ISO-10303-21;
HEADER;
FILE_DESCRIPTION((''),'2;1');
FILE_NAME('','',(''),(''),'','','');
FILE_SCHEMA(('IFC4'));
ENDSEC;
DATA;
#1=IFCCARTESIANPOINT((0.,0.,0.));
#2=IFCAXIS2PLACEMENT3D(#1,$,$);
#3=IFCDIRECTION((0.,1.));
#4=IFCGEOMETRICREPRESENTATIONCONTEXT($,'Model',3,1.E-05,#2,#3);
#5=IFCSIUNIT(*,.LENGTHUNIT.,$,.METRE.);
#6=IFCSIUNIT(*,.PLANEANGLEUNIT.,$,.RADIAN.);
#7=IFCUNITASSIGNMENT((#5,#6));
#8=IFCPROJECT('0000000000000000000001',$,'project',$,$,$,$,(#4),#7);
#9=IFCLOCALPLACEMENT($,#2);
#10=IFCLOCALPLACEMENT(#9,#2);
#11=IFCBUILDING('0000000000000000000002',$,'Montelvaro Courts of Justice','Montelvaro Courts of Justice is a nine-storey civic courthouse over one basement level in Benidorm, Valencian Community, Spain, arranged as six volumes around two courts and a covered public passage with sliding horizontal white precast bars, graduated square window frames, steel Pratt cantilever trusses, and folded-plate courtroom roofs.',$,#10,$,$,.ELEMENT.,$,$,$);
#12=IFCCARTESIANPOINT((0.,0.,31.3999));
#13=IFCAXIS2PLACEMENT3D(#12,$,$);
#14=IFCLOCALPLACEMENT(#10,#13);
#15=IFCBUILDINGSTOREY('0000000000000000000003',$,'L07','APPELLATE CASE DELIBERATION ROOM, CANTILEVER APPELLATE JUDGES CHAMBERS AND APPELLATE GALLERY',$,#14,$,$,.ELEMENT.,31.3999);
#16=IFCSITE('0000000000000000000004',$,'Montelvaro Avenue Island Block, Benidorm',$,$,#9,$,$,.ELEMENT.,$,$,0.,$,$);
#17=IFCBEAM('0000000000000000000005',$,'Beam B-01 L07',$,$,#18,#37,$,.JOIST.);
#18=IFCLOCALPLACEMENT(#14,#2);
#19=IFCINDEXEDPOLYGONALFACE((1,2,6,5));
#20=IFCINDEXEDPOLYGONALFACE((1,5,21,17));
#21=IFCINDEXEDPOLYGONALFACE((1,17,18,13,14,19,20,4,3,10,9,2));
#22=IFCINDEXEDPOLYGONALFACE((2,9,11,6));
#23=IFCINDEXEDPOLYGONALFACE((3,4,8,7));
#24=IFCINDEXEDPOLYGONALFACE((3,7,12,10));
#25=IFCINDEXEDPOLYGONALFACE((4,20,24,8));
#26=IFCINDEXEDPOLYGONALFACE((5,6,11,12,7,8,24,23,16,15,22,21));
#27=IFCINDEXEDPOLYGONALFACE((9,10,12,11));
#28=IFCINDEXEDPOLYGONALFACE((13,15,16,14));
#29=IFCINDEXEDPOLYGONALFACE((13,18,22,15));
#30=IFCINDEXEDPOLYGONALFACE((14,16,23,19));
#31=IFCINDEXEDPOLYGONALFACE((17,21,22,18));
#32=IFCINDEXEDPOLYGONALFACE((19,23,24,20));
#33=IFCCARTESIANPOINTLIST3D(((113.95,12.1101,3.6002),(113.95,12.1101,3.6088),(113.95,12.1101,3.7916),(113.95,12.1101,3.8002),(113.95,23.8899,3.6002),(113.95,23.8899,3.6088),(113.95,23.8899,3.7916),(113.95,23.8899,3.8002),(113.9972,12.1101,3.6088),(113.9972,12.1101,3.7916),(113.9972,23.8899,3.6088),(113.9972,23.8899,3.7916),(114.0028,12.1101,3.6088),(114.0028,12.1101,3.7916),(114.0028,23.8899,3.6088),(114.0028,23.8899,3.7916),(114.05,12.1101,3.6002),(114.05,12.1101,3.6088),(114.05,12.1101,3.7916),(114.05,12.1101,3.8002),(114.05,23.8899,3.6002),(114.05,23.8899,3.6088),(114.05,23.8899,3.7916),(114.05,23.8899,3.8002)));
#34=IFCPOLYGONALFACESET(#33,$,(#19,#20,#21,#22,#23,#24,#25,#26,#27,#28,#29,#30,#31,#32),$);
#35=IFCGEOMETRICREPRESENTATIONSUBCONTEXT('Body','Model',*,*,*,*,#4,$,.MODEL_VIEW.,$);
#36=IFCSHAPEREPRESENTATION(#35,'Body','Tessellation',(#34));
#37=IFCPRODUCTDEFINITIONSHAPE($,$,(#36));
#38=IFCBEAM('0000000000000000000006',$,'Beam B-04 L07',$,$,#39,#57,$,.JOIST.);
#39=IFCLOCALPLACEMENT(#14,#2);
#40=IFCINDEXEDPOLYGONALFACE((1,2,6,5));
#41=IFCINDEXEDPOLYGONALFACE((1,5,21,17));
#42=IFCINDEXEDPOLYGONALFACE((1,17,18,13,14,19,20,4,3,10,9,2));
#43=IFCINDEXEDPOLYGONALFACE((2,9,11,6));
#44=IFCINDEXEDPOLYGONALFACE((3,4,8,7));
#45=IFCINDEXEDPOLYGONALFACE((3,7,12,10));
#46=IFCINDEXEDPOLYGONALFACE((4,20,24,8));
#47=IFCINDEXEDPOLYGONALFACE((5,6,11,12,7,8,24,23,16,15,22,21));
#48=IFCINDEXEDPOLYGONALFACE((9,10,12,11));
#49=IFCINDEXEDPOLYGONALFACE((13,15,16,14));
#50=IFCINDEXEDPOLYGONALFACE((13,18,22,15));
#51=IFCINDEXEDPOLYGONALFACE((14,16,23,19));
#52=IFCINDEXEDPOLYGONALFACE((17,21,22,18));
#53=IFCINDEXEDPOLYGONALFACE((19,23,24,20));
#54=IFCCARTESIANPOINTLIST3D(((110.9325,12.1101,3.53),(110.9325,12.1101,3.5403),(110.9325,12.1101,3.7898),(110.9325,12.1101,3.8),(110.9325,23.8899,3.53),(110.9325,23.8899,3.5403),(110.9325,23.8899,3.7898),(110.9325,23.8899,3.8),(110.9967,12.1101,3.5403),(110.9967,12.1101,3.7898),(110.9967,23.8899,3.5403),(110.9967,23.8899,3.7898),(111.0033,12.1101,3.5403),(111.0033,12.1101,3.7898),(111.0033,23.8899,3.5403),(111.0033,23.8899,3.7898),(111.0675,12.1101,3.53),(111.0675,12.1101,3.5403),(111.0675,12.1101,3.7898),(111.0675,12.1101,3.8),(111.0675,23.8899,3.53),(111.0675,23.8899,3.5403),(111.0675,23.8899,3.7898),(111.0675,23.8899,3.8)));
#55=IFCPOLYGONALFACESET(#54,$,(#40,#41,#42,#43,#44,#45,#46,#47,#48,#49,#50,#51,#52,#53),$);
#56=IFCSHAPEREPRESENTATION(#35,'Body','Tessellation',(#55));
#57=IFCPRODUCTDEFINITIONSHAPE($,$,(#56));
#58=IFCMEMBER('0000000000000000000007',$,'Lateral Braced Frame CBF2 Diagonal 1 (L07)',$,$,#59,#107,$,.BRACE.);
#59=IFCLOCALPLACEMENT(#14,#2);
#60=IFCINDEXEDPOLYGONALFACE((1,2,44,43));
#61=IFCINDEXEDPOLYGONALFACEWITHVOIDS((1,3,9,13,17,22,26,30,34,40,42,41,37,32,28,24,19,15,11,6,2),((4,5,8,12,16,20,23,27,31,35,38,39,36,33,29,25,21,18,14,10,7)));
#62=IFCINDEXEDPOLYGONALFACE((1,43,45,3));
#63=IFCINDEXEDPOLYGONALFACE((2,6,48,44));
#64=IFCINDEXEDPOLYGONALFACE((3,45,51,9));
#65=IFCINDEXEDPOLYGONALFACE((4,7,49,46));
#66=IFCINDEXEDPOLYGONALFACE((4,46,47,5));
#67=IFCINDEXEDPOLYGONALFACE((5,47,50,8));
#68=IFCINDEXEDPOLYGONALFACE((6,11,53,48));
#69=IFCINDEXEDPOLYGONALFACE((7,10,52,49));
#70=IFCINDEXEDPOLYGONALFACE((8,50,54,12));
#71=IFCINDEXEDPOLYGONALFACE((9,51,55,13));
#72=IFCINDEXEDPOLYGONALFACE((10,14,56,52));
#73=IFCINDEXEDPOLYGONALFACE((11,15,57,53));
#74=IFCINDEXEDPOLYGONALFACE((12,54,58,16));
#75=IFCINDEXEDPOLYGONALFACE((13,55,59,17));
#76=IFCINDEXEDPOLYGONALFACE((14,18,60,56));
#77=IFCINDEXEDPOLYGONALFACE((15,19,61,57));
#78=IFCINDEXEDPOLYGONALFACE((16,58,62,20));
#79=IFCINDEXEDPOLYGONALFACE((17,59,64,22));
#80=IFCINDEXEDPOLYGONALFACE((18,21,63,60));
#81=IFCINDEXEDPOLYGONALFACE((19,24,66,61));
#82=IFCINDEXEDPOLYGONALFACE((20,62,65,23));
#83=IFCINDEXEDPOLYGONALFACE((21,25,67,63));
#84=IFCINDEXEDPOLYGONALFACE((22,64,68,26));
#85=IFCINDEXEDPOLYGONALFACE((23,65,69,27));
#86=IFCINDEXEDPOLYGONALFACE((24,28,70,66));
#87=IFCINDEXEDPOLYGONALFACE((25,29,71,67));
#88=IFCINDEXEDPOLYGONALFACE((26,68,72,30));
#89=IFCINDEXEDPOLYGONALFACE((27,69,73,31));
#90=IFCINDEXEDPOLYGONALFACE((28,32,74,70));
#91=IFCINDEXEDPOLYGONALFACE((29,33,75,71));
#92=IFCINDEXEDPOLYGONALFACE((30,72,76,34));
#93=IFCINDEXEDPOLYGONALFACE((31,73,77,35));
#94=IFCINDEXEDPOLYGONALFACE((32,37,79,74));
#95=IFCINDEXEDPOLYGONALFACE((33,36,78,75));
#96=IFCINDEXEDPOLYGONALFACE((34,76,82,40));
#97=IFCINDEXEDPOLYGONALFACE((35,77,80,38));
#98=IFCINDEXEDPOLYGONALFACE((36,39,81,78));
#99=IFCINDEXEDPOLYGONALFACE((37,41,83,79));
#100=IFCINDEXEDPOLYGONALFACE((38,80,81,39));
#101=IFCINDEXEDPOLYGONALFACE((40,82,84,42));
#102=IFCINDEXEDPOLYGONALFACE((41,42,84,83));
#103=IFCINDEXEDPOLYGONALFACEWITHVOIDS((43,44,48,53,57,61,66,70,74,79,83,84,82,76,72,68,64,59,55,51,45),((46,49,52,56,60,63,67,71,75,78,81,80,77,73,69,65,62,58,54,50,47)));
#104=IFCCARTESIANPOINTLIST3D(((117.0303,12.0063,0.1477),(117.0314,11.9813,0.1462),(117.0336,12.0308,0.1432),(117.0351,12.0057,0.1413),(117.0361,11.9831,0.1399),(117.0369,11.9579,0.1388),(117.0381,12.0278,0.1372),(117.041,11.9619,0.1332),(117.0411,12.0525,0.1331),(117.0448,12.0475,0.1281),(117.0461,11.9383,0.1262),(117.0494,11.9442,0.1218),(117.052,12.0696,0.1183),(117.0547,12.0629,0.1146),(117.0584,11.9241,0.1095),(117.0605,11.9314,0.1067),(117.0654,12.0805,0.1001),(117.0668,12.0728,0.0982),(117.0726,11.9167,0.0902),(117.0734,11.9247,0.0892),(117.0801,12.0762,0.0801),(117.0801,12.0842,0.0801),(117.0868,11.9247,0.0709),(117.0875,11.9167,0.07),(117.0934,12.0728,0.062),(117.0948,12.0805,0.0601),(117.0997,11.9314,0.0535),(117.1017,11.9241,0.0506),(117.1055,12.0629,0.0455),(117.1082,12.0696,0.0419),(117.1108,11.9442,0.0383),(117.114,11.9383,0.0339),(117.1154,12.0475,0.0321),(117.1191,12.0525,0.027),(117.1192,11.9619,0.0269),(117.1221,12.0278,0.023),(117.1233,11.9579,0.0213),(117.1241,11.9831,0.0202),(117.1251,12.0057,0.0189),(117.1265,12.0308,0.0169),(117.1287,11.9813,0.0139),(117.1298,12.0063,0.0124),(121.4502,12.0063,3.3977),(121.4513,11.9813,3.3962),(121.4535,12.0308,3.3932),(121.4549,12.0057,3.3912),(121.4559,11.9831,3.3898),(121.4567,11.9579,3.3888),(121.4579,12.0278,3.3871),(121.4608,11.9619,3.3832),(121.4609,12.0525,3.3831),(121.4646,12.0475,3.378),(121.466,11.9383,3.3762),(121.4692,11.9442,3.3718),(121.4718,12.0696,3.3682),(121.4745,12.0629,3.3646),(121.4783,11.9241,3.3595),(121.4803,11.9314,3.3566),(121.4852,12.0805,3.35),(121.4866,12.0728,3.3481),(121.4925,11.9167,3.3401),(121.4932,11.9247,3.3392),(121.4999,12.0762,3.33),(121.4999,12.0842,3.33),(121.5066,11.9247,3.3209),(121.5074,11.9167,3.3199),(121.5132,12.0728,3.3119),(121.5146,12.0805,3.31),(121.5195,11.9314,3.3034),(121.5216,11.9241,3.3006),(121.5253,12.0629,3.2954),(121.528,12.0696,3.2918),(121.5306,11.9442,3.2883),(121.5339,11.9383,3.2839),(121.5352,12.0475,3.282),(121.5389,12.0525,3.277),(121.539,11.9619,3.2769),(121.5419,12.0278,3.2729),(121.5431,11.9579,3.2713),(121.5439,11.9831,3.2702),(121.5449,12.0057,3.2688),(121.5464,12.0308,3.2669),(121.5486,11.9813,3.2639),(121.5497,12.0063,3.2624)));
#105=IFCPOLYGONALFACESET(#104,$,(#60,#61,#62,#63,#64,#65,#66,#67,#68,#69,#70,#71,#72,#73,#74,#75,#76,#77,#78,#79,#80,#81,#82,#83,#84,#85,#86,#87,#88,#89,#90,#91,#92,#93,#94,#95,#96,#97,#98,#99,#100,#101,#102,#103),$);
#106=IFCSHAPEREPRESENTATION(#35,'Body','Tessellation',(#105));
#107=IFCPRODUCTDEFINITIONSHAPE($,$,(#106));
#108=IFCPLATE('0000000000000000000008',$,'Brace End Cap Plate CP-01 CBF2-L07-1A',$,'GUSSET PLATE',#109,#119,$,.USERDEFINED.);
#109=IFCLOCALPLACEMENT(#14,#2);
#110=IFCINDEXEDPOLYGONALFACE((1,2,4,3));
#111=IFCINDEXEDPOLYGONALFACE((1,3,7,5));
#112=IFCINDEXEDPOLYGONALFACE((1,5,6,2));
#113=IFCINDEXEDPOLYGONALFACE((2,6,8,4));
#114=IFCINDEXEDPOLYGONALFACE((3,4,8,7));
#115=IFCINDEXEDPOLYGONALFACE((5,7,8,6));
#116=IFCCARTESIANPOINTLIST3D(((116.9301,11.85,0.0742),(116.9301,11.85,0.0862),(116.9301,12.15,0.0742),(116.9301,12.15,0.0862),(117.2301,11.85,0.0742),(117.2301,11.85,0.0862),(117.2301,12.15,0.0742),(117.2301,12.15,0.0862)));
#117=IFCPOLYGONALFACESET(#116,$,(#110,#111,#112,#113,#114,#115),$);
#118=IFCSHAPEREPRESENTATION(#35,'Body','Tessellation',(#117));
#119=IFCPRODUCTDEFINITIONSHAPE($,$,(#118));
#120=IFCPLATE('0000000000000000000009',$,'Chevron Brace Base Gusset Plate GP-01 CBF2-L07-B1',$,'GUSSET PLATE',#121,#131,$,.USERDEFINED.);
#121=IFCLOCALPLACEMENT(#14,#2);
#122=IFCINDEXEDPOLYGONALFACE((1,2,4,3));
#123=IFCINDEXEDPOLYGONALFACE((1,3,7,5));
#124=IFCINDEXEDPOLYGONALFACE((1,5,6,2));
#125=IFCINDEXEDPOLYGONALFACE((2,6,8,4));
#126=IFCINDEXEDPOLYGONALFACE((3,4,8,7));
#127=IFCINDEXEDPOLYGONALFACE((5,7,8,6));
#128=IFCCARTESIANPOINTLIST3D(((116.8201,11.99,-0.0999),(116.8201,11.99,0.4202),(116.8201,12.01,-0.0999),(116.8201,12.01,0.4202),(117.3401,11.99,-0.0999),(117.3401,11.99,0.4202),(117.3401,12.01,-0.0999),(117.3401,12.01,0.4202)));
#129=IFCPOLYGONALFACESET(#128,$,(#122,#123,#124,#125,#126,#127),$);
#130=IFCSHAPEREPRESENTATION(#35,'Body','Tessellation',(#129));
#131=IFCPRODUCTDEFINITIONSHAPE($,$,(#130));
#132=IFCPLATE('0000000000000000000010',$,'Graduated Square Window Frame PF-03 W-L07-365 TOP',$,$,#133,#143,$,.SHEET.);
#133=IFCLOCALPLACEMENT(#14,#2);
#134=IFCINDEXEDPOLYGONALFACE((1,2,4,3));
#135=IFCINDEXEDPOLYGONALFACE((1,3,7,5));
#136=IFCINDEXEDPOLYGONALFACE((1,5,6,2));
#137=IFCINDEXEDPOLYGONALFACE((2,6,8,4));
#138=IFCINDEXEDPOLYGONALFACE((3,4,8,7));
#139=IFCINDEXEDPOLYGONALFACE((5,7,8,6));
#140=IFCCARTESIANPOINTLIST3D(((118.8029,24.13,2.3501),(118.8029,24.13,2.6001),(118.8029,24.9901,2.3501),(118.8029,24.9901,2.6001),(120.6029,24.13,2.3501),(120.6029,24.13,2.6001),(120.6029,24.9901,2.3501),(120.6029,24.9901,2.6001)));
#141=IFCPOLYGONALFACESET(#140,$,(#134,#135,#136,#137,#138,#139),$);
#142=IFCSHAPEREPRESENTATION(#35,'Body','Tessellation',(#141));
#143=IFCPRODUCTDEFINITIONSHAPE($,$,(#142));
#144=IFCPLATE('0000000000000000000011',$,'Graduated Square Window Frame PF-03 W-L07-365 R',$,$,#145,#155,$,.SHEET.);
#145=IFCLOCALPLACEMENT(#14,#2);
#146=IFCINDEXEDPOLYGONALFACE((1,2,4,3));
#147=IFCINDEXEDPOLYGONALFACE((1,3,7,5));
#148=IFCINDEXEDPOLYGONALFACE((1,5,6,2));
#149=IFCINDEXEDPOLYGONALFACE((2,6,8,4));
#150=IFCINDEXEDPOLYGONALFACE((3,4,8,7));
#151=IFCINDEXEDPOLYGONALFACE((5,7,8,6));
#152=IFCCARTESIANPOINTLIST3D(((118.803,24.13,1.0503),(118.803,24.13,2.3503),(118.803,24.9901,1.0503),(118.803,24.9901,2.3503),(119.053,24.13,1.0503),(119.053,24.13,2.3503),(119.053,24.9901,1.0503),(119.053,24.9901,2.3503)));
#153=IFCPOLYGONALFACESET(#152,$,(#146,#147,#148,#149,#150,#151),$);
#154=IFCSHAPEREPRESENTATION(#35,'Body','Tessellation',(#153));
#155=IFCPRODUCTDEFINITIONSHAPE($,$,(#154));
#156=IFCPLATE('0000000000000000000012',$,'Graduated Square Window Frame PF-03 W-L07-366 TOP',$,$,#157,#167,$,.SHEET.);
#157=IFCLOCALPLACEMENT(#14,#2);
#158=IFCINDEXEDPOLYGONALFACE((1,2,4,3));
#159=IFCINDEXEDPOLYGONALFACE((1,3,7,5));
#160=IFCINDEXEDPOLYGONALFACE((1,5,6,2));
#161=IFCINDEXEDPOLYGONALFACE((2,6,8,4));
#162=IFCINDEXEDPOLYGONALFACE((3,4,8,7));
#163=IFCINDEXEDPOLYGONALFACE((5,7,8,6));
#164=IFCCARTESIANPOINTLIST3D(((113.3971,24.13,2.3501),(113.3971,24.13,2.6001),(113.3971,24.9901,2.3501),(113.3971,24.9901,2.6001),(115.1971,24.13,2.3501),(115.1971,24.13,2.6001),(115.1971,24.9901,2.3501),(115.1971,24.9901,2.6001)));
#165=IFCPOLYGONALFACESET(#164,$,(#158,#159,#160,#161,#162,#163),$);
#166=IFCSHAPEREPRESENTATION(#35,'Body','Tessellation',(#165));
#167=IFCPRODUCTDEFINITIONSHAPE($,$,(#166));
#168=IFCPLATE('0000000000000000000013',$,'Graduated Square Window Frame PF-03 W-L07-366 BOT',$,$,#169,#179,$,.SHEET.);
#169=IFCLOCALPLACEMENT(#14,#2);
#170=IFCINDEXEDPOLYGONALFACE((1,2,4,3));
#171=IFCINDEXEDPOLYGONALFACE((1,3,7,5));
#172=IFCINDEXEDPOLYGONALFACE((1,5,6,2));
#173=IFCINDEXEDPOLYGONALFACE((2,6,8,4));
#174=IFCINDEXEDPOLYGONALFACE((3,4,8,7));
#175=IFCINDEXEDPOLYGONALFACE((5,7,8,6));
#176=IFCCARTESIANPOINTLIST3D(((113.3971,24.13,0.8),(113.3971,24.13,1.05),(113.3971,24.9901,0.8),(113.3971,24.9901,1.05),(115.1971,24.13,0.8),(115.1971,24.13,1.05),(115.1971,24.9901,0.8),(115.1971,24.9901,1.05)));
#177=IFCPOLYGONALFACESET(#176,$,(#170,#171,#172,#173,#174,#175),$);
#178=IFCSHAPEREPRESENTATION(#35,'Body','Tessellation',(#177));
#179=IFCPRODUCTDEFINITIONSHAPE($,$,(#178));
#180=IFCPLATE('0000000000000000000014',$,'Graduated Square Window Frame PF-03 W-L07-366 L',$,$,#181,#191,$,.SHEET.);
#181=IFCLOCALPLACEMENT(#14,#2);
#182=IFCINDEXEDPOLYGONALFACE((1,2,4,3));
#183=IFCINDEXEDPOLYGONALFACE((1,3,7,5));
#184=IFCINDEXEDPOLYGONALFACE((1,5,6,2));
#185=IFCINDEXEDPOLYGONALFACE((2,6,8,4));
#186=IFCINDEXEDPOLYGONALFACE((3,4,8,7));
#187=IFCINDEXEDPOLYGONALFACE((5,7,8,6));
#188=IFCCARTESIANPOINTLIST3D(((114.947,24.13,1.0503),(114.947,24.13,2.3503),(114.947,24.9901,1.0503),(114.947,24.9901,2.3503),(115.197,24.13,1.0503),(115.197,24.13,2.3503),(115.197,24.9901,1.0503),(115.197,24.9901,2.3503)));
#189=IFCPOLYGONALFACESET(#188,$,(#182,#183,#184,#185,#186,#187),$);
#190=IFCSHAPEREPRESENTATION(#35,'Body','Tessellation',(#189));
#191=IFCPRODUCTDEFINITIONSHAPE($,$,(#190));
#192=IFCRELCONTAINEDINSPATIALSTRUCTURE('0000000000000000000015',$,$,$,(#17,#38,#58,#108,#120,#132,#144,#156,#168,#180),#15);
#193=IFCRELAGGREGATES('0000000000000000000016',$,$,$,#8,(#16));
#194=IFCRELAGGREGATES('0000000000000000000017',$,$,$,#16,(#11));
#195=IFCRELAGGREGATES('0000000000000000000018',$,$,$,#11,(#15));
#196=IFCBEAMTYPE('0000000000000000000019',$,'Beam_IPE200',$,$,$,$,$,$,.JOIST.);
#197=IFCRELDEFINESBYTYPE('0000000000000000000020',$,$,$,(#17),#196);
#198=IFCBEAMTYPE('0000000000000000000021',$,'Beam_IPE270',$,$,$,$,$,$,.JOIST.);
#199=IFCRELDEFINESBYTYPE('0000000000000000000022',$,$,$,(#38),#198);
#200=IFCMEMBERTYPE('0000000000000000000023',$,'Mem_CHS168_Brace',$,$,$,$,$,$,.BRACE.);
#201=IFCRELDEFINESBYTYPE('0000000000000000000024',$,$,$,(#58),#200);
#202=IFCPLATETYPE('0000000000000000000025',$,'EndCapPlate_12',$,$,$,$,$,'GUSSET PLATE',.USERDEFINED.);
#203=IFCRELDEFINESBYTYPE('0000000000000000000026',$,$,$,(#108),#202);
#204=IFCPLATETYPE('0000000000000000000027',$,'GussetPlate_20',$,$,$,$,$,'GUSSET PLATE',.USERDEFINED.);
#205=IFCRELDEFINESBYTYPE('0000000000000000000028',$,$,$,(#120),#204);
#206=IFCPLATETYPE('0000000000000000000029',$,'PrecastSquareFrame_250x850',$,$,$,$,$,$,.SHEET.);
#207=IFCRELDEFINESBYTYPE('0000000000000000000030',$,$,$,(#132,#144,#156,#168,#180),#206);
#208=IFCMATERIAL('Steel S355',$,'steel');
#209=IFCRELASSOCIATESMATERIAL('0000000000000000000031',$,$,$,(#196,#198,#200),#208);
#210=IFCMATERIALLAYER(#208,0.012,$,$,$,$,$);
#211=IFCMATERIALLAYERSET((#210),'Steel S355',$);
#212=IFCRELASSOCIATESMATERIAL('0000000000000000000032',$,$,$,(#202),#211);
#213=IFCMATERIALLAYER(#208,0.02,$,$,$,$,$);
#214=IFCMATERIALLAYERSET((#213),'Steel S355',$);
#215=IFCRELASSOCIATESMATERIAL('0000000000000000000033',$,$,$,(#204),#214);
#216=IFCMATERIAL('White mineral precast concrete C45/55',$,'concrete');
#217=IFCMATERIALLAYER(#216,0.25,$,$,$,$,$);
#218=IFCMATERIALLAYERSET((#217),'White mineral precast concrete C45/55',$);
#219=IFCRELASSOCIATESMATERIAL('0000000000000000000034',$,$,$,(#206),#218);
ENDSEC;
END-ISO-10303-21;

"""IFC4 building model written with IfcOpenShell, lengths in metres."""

from ifc_helpers import new_model, si_unit, direction, frame, origin, origin_2d, place, context, subcontext, project, spatial, rectangle, hollow_circle, i_section, extrude, material, layer, layer_set, material_profile, profile_set, type_object, element, save


model = new_model("IFC4")

# Units and contexts
model_context = context("Model", 3, precision=1e-05, world=origin(), true_north=direction((0.0, 1.0)))
body_context = subcontext(model_context, "Body", "Model", "MODEL_VIEW")
ifc_project = project(units=[si_unit("LENGTHUNIT", "METRE"), si_unit("PLANEANGLEUNIT", "RADIAN")], contexts=[model_context])

# Site, building, storey
site_placement = place(None, origin())
site = spatial("IfcSite", under=ifc_project, at=site_placement, Name="Montelvaro Avenue Island Block, Benidorm", CompositionType="ELEMENT", RefElevation=0.0)
building_placement = place(site_placement, origin())
building = spatial("IfcBuilding", under=site, at=building_placement, Name="Montelvaro Courts of Justice", Description="Montelvaro Courts of Justice is a nine-storey civic courthouse over one basement level in Benidorm, Valencian Community, Spain, arranged as six volumes around two courts and a covered public passage with sliding horizontal white precast bars, graduated square window frames, steel Pratt cantilever trusses, and folded-plate courtroom roofs.", CompositionType="ELEMENT")
storey_placement = place(building_placement, frame((0.0, 0.0, 31.3999)))
storey = spatial("IfcBuildingStorey", under=building, at=storey_placement, Name="L07", Description="APPELLATE CASE DELIBERATION ROOM, CANTILEVER APPELLATE JUDGES CHAMBERS AND APPELLATE GALLERY", CompositionType="ELEMENT", Elevation=31.3999)

# Shared definitions
ifc_material_1 = material(Name="Steel S355", Category="steel")

# Beams
ifc_material_profile_1 = material_profile(ifc_material_1, i_section(OverallWidth=0.1001, OverallDepth=0.2, WebThickness=0.0056, FlangeThickness=0.0085, at=origin_2d()), Name="IPE 200")
ifc_profile_set_1 = profile_set([ifc_material_profile_1], Name="Steel S355")
beam_type_1 = type_object("IfcBeamType", Name="Beam_IPE200", PredefinedType="JOIST", material=ifc_profile_set_1)
beam_1_placement = place(storey_placement, frame((114.0, 12.1101, 3.7002), z_axis=(0.0, 1.0, 0.0), x_axis=(-1.0, 0.0, 0.0)))
element("IfcBeam", 1, at=beam_1_placement, inside=storey, type_object=beam_type_1, Name="Beam B-01 L07", PredefinedType="JOIST", context=body_context, shape_type="SweptSolid", body=[
    extrude(i_section(OverallWidth=0.1001, OverallDepth=0.2, WebThickness=0.0056, FlangeThickness=0.0085, at=origin_2d()), origin(), (0.0, 0.0, 1.0), 11.7798),
])
ifc_material_profile_2 = material_profile(ifc_material_1, i_section(OverallWidth=0.135, OverallDepth=0.27, WebThickness=0.0066, FlangeThickness=0.0103, at=origin_2d()), Name="IPE 270")
ifc_profile_set_2 = profile_set([ifc_material_profile_2], Name="Steel S355")
beam_type_2 = type_object("IfcBeamType", Name="Beam_IPE270", PredefinedType="JOIST", material=ifc_profile_set_2)
beam_2_placement = place(storey_placement, frame((111.0, 12.1101, 3.665), z_axis=(0.0, 1.0, 0.0), x_axis=(-1.0, 0.0, 0.0)))
element("IfcBeam", 2, at=beam_2_placement, inside=storey, type_object=beam_type_2, Name="Beam B-04 L07", PredefinedType="JOIST", context=body_context, shape_type="SweptSolid", body=[
    extrude(i_section(OverallWidth=0.135, OverallDepth=0.27, WebThickness=0.0066, FlangeThickness=0.0103, at=origin_2d()), origin(), (0.0, 0.0, 1.0), 11.7798),
])

# Member
ifc_material_profile_3 = material_profile(ifc_material_1, hollow_circle(Radius=0.0842, WallThickness=0.0081, at=origin_2d()), Name="CHS 168.3x8")
ifc_profile_set_3 = profile_set([ifc_material_profile_3], Name="Steel S355")
member_type = type_object("IfcMemberType", Name="Mem_CHS168_Brace", PredefinedType="BRACE", material=ifc_profile_set_3)
member_placement = place(storey_placement, frame((117.0801, 12.0, 0.0801), z_axis=(0.805646, 0.0, 0.592397), x_axis=(0.0, 1.0, 0.0)))
element("IfcMember", 3, at=member_placement, inside=storey, type_object=member_type, Name="Lateral Braced Frame CBF2 Diagonal 1 (L07)", PredefinedType="BRACE", context=body_context, shape_type="SweptSolid", body=[
    extrude(hollow_circle(Radius=0.0842, WallThickness=0.0081, at=origin_2d()), origin(), (0.0, 0.0, 1.0), 5.4861),
])

# Plates
ifc_layer_1 = layer(ifc_material_1, 0.012)
ifc_layer_set_1 = layer_set([ifc_layer_1], Name="Steel S355")
plate_type_1 = type_object("IfcPlateType", Name="EndCapPlate_12", ElementType="GUSSET PLATE", PredefinedType="USERDEFINED", material=ifc_layer_set_1)
plate_1_placement = place(storey_placement, frame((117.0801, 12.0, 0.0742), z_axis=(0.0, 0.0, 1.0), x_axis=(1.0, 0.0, 0.0)))
element("IfcPlate", 4, at=plate_1_placement, inside=storey, type_object=plate_type_1, Name="Brace End Cap Plate CP-01 CBF2-L07-1A", ObjectType="GUSSET PLATE", PredefinedType="USERDEFINED", context=body_context, shape_type="SweptSolid", body=[
    extrude(rectangle(XDim=0.3, YDim=0.3, at=origin_2d()), origin(), (0.0, 0.0, 1.0), 0.012),
])
ifc_layer_2 = layer(ifc_material_1, 0.02)
ifc_layer_set_2 = layer_set([ifc_layer_2], Name="Steel S355")
plate_type_2 = type_object("IfcPlateType", Name="GussetPlate_20", ElementType="GUSSET PLATE", PredefinedType="USERDEFINED", material=ifc_layer_set_2)
plate_2_placement = place(storey_placement, frame((117.0801, 12.0, -0.0999), z_axis=(0.0, 0.0, 1.0), x_axis=(1.0, 0.0, 0.0)))
element("IfcPlate", 5, at=plate_2_placement, inside=storey, type_object=plate_type_2, Name="Chevron Brace Base Gusset Plate GP-01 CBF2-L07-B1", ObjectType="GUSSET PLATE", PredefinedType="USERDEFINED", context=body_context, shape_type="SweptSolid", body=[
    extrude(rectangle(XDim=0.52, YDim=0.02, at=origin_2d()), origin(), (0.0, 0.0, 1.0), 0.52),
])
ifc_material_2 = material(Name="White mineral precast concrete C45/55", Category="concrete")
ifc_layer_3 = layer(ifc_material_2, 0.25)
ifc_layer_set_3 = layer_set([ifc_layer_3], Name="White mineral precast concrete C45/55")
plate_type_3 = type_object("IfcPlateType", Name="PrecastSquareFrame_250x850", PredefinedType="SHEET", material=ifc_layer_set_3)
plate_3_placement = place(storey_placement, frame((119.7029, 24.5601, 2.3501), z_axis=(0.0, 0.0, 1.0), x_axis=(-1.0, 0.0, 0.0)))
element("IfcPlate", 6, at=plate_3_placement, inside=storey, type_object=plate_type_3, Name="Graduated Square Window Frame PF-03 W-L07-365 TOP", PredefinedType="SHEET", context=body_context, shape_type="SweptSolid", body=[
    extrude(rectangle(XDim=1.8, YDim=0.8601, at=origin_2d()), origin(), (0.0, 0.0, 1.0), 0.25),
])
plate_4_placement = place(storey_placement, frame((118.928, 24.5601, 1.0503), z_axis=(0.0, 0.0, 1.0), x_axis=(-1.0, 0.0, 0.0)))
element("IfcPlate", 7, at=plate_4_placement, inside=storey, type_object=plate_type_3, Name="Graduated Square Window Frame PF-03 W-L07-365 R", PredefinedType="SHEET", context=body_context, shape_type="SweptSolid", body=[
    extrude(rectangle(XDim=0.25, YDim=0.8601, at=origin_2d()), origin(), (0.0, 0.0, 1.0), 1.3),
])
for number, where, z_axis, x_axis, name in (
    (8, (114.2971, 24.5601, 2.3501), (0.0, 0.0, 1.0), (-1.0, 0.0, 0.0), "Graduated Square Window Frame PF-03 W-L07-366 TOP"),
    (9, (114.2971, 24.5601, 0.8), (0.0, 0.0, 1.0), (-1.0, 0.0, 0.0), "Graduated Square Window Frame PF-03 W-L07-366 BOT"),
):
    element("IfcPlate", number, at=place(storey_placement, frame(where, z_axis=z_axis, x_axis=x_axis)), inside=storey, type_object=plate_type_3, Name=name, PredefinedType="SHEET", context=body_context, shape_type="SweptSolid", body=[
        extrude(rectangle(XDim=1.8, YDim=0.8601, at=origin_2d()), origin(), (0.0, 0.0, 1.0), 0.25),
    ])
for number, where, z_axis, x_axis, name in (
    (10, (115.072, 24.5601, 1.0503), (0.0, 0.0, 1.0), (-1.0, 0.0, 0.0), "Graduated Square Window Frame PF-03 W-L07-366 L"),
):
    element("IfcPlate", number, at=place(storey_placement, frame(where, z_axis=z_axis, x_axis=x_axis)), inside=storey, type_object=plate_type_3, Name=name, PredefinedType="SHEET", context=body_context, shape_type="SweptSolid", body=[
        extrude(rectangle(XDim=0.25, YDim=0.8601, at=origin_2d()), origin(), (0.0, 0.0, 1.0), 1.3),
    ])

save(model, "model.ifc")
